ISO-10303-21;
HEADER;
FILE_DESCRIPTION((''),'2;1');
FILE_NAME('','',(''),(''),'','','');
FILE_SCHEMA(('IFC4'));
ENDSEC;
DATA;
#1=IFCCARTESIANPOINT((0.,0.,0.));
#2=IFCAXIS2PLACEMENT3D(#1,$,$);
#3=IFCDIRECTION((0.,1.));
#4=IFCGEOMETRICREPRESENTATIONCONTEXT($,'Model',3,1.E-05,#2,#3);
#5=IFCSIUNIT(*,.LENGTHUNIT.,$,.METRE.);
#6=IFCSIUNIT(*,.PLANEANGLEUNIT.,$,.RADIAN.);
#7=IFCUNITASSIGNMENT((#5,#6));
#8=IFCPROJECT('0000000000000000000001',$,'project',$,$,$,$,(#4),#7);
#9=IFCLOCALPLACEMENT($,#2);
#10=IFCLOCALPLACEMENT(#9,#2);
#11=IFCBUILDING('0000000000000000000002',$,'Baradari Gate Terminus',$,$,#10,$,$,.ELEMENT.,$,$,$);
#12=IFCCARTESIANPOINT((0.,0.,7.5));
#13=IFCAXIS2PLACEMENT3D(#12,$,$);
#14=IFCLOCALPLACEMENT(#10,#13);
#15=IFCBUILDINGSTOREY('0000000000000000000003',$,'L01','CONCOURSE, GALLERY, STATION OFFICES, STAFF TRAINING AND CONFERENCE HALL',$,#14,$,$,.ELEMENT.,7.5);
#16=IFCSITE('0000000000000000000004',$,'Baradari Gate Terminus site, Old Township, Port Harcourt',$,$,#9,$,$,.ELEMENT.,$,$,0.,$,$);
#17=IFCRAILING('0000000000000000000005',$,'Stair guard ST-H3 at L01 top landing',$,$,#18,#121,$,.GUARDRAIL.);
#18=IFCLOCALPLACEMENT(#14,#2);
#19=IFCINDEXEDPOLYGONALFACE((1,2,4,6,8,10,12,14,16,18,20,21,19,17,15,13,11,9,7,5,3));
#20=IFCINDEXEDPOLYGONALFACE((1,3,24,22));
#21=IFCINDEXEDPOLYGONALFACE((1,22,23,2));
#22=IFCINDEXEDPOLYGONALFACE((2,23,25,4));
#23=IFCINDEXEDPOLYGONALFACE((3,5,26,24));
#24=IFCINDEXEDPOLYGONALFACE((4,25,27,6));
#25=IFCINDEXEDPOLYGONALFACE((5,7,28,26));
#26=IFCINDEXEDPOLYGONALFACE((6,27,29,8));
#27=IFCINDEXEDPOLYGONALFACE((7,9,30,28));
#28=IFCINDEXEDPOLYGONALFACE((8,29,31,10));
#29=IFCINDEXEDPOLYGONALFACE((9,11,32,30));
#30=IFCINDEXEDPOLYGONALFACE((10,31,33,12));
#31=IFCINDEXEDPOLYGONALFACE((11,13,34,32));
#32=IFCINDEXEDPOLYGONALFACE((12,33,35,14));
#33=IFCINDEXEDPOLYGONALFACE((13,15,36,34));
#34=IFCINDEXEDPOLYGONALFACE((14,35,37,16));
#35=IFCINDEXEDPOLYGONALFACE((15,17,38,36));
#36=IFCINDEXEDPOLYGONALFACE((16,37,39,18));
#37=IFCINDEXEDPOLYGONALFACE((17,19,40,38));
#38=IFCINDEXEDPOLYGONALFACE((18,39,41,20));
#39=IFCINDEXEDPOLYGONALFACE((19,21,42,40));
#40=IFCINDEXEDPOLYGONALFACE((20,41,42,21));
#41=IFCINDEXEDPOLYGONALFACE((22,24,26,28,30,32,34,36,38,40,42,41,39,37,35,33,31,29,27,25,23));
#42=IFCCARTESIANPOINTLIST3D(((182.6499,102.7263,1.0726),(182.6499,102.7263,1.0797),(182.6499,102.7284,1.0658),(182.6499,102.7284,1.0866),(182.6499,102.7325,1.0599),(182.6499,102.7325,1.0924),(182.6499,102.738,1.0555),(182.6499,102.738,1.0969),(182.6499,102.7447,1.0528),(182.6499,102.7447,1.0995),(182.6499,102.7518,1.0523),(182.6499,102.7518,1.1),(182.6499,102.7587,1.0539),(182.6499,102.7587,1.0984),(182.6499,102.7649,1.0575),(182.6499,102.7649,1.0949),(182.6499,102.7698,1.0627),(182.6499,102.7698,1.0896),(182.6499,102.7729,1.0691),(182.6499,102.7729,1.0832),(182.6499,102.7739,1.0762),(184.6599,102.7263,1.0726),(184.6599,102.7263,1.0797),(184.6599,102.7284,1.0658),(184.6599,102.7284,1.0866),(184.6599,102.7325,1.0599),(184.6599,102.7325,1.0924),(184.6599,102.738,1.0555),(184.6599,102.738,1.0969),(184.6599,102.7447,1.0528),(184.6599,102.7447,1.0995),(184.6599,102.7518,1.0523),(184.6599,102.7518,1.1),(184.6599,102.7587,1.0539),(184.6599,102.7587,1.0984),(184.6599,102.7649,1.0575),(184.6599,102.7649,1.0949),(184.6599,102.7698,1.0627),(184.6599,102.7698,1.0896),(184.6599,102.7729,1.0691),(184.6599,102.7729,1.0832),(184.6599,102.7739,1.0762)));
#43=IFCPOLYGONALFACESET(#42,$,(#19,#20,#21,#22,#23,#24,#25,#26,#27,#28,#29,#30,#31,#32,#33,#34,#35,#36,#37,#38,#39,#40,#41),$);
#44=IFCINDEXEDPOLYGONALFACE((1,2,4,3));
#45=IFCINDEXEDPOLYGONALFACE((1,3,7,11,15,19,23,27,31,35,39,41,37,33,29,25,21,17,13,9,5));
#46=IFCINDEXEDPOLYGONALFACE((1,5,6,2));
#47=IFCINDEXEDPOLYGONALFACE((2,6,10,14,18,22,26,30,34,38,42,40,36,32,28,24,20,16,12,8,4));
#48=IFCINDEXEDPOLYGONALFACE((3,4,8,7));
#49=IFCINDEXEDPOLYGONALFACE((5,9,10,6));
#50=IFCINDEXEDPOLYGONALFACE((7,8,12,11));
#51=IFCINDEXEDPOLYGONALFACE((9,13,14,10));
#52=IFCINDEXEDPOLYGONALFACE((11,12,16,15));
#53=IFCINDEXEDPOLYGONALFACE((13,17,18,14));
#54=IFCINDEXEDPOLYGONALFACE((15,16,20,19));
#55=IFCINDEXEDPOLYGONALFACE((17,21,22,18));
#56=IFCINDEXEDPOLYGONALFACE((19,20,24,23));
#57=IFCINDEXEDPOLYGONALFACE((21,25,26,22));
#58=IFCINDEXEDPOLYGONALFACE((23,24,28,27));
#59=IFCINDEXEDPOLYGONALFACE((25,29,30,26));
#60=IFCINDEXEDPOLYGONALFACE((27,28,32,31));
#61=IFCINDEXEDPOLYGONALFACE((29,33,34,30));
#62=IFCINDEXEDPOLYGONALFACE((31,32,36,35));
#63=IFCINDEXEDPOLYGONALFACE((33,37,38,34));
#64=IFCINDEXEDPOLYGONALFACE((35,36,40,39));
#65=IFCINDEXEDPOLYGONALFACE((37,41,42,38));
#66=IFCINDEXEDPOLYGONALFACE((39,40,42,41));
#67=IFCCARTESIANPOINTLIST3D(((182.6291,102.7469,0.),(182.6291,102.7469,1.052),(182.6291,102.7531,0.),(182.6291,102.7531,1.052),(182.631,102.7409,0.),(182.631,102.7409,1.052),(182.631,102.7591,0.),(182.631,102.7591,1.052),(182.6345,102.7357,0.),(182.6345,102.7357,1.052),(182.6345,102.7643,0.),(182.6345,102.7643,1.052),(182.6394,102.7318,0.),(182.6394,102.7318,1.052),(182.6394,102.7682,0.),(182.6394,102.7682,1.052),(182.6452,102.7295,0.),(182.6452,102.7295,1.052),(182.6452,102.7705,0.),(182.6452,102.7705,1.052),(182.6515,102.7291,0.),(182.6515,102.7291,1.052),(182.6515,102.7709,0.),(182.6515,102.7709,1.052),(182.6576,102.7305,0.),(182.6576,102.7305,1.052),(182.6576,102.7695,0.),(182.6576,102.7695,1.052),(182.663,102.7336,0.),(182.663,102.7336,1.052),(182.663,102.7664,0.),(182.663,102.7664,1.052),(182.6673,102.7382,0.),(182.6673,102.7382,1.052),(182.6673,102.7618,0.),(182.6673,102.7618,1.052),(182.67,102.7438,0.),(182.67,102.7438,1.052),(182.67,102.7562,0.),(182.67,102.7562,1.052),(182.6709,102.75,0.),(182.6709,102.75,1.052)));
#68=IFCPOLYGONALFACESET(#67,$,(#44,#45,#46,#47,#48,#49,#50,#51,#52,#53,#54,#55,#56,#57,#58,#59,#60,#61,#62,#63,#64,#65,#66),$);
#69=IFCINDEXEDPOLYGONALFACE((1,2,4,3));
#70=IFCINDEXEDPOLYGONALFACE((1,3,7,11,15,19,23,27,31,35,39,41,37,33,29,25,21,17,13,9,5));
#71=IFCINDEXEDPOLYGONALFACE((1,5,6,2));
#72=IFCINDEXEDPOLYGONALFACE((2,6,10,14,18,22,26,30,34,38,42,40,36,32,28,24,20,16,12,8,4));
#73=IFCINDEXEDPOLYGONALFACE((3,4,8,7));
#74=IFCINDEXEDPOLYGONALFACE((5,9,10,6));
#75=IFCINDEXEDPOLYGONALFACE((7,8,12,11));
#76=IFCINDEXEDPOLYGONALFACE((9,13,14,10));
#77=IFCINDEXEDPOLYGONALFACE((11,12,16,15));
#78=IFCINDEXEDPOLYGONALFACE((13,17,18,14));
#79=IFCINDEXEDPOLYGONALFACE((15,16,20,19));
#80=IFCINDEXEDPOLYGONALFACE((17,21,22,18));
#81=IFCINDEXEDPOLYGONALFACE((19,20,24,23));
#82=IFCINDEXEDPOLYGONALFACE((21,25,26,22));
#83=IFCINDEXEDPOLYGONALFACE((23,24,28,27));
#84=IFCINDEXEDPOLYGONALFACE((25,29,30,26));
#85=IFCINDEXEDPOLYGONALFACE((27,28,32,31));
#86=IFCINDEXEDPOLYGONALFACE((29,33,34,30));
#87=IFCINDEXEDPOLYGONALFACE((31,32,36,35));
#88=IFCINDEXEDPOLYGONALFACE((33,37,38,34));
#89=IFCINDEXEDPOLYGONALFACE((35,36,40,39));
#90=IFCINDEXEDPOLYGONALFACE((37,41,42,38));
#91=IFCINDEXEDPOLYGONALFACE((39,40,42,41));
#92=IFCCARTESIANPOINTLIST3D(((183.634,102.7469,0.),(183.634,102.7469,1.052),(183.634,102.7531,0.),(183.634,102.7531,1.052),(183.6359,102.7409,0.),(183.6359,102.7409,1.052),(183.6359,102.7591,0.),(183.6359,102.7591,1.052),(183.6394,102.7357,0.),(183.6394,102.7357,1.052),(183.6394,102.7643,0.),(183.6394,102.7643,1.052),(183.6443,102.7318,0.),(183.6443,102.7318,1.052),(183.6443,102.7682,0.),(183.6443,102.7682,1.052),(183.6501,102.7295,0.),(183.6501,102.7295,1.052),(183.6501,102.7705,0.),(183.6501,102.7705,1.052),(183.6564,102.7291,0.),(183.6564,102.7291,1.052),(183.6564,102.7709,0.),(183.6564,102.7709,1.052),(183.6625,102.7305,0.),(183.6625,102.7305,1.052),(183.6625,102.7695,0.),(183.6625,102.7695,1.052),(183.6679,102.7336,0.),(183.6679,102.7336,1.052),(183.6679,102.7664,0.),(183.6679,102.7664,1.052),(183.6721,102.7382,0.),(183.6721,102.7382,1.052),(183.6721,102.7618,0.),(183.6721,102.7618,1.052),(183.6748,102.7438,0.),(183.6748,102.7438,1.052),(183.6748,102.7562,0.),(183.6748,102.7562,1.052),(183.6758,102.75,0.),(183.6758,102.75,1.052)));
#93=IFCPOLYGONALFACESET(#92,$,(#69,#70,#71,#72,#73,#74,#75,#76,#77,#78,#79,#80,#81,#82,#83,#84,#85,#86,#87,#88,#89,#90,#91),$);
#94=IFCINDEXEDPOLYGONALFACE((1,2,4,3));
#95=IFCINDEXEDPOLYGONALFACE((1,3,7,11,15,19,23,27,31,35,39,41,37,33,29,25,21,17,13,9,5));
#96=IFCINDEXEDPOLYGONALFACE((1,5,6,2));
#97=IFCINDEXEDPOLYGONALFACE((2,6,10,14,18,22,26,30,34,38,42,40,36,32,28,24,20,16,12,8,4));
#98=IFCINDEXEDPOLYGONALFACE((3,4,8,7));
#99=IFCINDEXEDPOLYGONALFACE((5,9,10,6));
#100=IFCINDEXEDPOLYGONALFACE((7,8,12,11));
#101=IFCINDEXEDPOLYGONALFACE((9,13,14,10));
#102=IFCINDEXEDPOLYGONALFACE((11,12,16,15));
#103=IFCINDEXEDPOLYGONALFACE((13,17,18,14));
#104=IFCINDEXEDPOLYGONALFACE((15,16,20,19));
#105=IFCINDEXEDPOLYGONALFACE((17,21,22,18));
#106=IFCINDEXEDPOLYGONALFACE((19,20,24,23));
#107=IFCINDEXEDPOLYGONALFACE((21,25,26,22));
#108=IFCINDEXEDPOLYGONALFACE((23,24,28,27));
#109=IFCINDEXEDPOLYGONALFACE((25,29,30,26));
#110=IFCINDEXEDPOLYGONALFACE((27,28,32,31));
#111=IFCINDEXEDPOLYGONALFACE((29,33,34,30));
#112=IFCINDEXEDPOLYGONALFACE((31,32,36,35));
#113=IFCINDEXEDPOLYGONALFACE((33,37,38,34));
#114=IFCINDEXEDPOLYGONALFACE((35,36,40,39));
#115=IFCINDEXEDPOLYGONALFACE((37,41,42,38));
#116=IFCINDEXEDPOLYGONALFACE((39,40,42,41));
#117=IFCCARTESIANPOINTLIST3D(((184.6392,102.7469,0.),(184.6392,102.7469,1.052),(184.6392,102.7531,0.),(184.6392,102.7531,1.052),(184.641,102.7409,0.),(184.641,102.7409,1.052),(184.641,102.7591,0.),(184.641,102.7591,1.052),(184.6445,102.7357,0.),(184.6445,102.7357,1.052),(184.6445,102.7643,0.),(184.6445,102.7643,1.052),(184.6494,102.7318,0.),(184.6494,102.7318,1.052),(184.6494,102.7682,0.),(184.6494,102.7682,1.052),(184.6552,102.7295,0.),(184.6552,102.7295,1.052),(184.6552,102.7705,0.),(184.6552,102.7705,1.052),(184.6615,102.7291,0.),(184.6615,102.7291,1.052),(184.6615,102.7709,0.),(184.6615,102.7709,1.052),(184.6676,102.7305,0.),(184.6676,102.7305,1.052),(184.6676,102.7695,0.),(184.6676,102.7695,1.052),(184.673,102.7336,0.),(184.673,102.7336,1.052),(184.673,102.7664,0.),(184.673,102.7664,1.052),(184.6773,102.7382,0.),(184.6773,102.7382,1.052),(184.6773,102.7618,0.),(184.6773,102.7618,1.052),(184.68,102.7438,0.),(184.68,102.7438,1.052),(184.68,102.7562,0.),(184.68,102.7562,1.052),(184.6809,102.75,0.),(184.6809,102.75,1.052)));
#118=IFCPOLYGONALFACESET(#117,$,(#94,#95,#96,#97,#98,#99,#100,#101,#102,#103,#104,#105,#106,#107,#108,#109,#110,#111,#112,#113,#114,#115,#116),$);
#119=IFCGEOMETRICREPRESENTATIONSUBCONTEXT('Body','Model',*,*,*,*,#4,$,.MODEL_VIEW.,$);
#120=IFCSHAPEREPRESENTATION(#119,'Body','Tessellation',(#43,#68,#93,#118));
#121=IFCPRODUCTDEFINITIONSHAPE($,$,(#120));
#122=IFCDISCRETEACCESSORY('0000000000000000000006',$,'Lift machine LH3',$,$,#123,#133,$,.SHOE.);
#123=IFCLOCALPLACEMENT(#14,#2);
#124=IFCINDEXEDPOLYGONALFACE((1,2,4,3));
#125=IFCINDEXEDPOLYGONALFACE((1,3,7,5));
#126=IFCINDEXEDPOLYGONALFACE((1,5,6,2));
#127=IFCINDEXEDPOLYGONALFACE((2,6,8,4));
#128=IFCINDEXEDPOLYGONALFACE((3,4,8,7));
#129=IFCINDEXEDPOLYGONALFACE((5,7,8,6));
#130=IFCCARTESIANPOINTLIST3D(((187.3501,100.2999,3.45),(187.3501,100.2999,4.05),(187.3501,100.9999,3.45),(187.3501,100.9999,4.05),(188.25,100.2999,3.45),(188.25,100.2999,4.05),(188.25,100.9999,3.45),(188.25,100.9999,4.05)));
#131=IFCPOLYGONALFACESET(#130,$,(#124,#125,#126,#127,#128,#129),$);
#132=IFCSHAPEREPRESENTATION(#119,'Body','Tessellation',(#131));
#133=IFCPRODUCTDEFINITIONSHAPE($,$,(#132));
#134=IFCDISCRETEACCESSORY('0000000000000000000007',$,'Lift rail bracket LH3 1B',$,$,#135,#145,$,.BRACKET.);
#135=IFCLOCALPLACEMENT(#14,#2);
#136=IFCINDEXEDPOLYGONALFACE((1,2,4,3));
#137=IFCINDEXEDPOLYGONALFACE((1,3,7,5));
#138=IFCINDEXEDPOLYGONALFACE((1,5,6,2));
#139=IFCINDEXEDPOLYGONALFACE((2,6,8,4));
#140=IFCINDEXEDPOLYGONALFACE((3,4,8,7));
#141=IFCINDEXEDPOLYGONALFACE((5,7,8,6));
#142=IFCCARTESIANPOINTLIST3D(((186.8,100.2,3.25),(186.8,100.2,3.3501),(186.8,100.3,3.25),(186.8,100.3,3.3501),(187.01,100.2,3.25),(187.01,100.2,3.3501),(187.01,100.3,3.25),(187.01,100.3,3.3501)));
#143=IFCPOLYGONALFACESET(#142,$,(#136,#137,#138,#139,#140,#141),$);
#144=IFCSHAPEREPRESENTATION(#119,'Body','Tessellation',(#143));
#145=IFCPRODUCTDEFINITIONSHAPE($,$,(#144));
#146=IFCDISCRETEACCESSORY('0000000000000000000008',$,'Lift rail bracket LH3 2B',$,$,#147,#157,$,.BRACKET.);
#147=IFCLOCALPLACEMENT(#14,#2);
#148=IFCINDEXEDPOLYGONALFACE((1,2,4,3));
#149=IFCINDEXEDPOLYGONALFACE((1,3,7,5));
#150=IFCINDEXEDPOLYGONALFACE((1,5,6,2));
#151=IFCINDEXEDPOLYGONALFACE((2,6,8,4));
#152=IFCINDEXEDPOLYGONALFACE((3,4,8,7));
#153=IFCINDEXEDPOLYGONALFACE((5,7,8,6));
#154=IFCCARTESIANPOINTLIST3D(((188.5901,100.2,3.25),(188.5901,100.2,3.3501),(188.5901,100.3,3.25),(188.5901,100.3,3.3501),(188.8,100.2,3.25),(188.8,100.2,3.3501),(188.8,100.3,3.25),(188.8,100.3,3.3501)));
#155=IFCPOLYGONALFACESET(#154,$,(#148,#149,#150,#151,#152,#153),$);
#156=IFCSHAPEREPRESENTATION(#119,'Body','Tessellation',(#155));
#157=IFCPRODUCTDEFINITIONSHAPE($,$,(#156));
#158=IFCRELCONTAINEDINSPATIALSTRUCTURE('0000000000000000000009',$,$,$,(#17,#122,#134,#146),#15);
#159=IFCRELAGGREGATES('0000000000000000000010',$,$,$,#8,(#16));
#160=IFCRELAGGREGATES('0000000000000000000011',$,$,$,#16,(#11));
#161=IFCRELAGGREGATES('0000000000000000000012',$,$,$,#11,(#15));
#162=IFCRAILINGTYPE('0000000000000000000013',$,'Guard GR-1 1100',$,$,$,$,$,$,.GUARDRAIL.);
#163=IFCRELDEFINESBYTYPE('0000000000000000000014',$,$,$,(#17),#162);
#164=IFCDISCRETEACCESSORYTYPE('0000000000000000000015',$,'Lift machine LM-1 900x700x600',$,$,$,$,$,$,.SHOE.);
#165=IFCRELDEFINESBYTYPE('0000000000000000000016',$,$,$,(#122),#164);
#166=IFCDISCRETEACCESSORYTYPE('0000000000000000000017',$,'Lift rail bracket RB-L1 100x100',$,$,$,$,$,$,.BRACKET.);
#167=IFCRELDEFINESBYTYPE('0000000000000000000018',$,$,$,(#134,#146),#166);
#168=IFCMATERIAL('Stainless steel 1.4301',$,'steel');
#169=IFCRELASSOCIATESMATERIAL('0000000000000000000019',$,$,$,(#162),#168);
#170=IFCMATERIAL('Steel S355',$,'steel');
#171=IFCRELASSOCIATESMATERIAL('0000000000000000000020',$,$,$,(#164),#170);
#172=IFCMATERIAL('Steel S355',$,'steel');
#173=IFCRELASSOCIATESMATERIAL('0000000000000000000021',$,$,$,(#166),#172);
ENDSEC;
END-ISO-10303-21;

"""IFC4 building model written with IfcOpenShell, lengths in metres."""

from ifc_helpers import new_model, si_unit, direction, frame, origin, origin_2d, place, context, subcontext, project, spatial, rectangle, circle, extrude, material, type_object, element, save


model = new_model("IFC4")

# Units and contexts
model_context = context("Model", 3, precision=1e-05, world=origin(), true_north=direction((0.0, 1.0)))
body_context = subcontext(model_context, "Body", "Model", "MODEL_VIEW")
ifc_project = project(units=[si_unit("LENGTHUNIT", "METRE"), si_unit("PLANEANGLEUNIT", "RADIAN")], contexts=[model_context])

# Site, building, storey
site_placement = place(None, origin())
site = spatial("IfcSite", under=ifc_project, at=site_placement, Name="Baradari Gate Terminus site, Old Township, Port Harcourt", CompositionType="ELEMENT", RefElevation=0.0)
building_placement = place(site_placement, origin())
building = spatial("IfcBuilding", under=site, at=building_placement, Name="Baradari Gate Terminus", CompositionType="ELEMENT")
storey_placement = place(building_placement, frame((0.0, 0.0, 7.5)))
storey = spatial("IfcBuildingStorey", under=building, at=storey_placement, Name="L01", Description="CONCOURSE, GALLERY, STATION OFFICES, STAFF TRAINING AND CONFERENCE HALL", CompositionType="ELEMENT", Elevation=7.5)

# Railing
ifc_material_1 = material(Name="Stainless steel 1.4301", Category="steel")
railing_type = type_object("IfcRailingType", Name="Guard GR-1 1100", PredefinedType="GUARDRAIL", material=ifc_material_1)
railing_placement = place(storey_placement, frame((182.6499, 102.75, 0.0)))
element("IfcRailing", 1, at=railing_placement, inside=storey, type_object=railing_type, Name="Stair guard ST-H3 at L01 top landing", PredefinedType="GUARDRAIL", context=body_context, shape_type="SweptSolid", body=[
    extrude(circle(Radius=0.0239, at=origin_2d()), frame((0.0, 0.0, 1.0762), z_axis=(1.0, 0.0, 0.0), x_axis=(0.0, 1.0, 0.0)), (0.0, 0.0, 1.0), 2.01),
    extrude(circle(Radius=0.021, at=origin_2d()), origin(), (0.0, 0.0, 1.0), 1.052),
    extrude(circle(Radius=0.021, at=origin_2d()), frame((1.0049, 0.0, 0.0)), (0.0, 0.0, 1.0), 1.052),
    extrude(circle(Radius=0.021, at=origin_2d()), frame((2.01, 0.0, 0.0)), (0.0, 0.0, 1.0), 1.052),
])

# Discrete accessories
ifc_material_2 = material(Name="Steel S355", Category="steel")
discrete_accessory_type_1 = type_object("IfcDiscreteAccessoryType", Name="Lift machine LM-1 900x700x600", PredefinedType="SHOE", material=ifc_material_2)
discrete_accessory_placement = place(storey_placement, frame((187.8, 100.6499, 3.45), z_axis=(0.0, 0.0, 1.0), x_axis=(1.0, 0.0, 0.0)))
element("IfcDiscreteAccessory", 2, at=discrete_accessory_placement, inside=storey, type_object=discrete_accessory_type_1, Name="Lift machine LH3", PredefinedType="SHOE", context=body_context, shape_type="SweptSolid", body=[
    extrude(rectangle(XDim=0.8999, YDim=0.7, at=origin_2d()), origin(), (0.0, 0.0, 1.0), 0.6001),
])
ifc_material_3 = material(Name="Steel S355", Category="steel")
discrete_accessory_type_2 = type_object("IfcDiscreteAccessoryType", Name="Lift rail bracket RB-L1 100x100", PredefinedType="BRACKET", material=ifc_material_3)
for number, where, z_axis, x_axis, name in (
    (3, (186.905, 100.25, 3.25), (0.0, 0.0, 1.0), (1.0, 0.0, 0.0), "Lift rail bracket LH3 1B"),
    (4, (188.6951, 100.25, 3.25), (0.0, 0.0, 1.0), (1.0, 0.0, 0.0), "Lift rail bracket LH3 2B"),
):
    element("IfcDiscreteAccessory", number, at=place(storey_placement, frame(where, z_axis=z_axis, x_axis=x_axis)), inside=storey, type_object=discrete_accessory_type_2, Name=name, PredefinedType="BRACKET", context=body_context, shape_type="SweptSolid", body=[
        extrude(rectangle(XDim=0.21, YDim=0.1001, at=origin_2d()), origin(), (0.0, 0.0, 1.0), 0.1001),
    ])

save(model, "model.ifc")
